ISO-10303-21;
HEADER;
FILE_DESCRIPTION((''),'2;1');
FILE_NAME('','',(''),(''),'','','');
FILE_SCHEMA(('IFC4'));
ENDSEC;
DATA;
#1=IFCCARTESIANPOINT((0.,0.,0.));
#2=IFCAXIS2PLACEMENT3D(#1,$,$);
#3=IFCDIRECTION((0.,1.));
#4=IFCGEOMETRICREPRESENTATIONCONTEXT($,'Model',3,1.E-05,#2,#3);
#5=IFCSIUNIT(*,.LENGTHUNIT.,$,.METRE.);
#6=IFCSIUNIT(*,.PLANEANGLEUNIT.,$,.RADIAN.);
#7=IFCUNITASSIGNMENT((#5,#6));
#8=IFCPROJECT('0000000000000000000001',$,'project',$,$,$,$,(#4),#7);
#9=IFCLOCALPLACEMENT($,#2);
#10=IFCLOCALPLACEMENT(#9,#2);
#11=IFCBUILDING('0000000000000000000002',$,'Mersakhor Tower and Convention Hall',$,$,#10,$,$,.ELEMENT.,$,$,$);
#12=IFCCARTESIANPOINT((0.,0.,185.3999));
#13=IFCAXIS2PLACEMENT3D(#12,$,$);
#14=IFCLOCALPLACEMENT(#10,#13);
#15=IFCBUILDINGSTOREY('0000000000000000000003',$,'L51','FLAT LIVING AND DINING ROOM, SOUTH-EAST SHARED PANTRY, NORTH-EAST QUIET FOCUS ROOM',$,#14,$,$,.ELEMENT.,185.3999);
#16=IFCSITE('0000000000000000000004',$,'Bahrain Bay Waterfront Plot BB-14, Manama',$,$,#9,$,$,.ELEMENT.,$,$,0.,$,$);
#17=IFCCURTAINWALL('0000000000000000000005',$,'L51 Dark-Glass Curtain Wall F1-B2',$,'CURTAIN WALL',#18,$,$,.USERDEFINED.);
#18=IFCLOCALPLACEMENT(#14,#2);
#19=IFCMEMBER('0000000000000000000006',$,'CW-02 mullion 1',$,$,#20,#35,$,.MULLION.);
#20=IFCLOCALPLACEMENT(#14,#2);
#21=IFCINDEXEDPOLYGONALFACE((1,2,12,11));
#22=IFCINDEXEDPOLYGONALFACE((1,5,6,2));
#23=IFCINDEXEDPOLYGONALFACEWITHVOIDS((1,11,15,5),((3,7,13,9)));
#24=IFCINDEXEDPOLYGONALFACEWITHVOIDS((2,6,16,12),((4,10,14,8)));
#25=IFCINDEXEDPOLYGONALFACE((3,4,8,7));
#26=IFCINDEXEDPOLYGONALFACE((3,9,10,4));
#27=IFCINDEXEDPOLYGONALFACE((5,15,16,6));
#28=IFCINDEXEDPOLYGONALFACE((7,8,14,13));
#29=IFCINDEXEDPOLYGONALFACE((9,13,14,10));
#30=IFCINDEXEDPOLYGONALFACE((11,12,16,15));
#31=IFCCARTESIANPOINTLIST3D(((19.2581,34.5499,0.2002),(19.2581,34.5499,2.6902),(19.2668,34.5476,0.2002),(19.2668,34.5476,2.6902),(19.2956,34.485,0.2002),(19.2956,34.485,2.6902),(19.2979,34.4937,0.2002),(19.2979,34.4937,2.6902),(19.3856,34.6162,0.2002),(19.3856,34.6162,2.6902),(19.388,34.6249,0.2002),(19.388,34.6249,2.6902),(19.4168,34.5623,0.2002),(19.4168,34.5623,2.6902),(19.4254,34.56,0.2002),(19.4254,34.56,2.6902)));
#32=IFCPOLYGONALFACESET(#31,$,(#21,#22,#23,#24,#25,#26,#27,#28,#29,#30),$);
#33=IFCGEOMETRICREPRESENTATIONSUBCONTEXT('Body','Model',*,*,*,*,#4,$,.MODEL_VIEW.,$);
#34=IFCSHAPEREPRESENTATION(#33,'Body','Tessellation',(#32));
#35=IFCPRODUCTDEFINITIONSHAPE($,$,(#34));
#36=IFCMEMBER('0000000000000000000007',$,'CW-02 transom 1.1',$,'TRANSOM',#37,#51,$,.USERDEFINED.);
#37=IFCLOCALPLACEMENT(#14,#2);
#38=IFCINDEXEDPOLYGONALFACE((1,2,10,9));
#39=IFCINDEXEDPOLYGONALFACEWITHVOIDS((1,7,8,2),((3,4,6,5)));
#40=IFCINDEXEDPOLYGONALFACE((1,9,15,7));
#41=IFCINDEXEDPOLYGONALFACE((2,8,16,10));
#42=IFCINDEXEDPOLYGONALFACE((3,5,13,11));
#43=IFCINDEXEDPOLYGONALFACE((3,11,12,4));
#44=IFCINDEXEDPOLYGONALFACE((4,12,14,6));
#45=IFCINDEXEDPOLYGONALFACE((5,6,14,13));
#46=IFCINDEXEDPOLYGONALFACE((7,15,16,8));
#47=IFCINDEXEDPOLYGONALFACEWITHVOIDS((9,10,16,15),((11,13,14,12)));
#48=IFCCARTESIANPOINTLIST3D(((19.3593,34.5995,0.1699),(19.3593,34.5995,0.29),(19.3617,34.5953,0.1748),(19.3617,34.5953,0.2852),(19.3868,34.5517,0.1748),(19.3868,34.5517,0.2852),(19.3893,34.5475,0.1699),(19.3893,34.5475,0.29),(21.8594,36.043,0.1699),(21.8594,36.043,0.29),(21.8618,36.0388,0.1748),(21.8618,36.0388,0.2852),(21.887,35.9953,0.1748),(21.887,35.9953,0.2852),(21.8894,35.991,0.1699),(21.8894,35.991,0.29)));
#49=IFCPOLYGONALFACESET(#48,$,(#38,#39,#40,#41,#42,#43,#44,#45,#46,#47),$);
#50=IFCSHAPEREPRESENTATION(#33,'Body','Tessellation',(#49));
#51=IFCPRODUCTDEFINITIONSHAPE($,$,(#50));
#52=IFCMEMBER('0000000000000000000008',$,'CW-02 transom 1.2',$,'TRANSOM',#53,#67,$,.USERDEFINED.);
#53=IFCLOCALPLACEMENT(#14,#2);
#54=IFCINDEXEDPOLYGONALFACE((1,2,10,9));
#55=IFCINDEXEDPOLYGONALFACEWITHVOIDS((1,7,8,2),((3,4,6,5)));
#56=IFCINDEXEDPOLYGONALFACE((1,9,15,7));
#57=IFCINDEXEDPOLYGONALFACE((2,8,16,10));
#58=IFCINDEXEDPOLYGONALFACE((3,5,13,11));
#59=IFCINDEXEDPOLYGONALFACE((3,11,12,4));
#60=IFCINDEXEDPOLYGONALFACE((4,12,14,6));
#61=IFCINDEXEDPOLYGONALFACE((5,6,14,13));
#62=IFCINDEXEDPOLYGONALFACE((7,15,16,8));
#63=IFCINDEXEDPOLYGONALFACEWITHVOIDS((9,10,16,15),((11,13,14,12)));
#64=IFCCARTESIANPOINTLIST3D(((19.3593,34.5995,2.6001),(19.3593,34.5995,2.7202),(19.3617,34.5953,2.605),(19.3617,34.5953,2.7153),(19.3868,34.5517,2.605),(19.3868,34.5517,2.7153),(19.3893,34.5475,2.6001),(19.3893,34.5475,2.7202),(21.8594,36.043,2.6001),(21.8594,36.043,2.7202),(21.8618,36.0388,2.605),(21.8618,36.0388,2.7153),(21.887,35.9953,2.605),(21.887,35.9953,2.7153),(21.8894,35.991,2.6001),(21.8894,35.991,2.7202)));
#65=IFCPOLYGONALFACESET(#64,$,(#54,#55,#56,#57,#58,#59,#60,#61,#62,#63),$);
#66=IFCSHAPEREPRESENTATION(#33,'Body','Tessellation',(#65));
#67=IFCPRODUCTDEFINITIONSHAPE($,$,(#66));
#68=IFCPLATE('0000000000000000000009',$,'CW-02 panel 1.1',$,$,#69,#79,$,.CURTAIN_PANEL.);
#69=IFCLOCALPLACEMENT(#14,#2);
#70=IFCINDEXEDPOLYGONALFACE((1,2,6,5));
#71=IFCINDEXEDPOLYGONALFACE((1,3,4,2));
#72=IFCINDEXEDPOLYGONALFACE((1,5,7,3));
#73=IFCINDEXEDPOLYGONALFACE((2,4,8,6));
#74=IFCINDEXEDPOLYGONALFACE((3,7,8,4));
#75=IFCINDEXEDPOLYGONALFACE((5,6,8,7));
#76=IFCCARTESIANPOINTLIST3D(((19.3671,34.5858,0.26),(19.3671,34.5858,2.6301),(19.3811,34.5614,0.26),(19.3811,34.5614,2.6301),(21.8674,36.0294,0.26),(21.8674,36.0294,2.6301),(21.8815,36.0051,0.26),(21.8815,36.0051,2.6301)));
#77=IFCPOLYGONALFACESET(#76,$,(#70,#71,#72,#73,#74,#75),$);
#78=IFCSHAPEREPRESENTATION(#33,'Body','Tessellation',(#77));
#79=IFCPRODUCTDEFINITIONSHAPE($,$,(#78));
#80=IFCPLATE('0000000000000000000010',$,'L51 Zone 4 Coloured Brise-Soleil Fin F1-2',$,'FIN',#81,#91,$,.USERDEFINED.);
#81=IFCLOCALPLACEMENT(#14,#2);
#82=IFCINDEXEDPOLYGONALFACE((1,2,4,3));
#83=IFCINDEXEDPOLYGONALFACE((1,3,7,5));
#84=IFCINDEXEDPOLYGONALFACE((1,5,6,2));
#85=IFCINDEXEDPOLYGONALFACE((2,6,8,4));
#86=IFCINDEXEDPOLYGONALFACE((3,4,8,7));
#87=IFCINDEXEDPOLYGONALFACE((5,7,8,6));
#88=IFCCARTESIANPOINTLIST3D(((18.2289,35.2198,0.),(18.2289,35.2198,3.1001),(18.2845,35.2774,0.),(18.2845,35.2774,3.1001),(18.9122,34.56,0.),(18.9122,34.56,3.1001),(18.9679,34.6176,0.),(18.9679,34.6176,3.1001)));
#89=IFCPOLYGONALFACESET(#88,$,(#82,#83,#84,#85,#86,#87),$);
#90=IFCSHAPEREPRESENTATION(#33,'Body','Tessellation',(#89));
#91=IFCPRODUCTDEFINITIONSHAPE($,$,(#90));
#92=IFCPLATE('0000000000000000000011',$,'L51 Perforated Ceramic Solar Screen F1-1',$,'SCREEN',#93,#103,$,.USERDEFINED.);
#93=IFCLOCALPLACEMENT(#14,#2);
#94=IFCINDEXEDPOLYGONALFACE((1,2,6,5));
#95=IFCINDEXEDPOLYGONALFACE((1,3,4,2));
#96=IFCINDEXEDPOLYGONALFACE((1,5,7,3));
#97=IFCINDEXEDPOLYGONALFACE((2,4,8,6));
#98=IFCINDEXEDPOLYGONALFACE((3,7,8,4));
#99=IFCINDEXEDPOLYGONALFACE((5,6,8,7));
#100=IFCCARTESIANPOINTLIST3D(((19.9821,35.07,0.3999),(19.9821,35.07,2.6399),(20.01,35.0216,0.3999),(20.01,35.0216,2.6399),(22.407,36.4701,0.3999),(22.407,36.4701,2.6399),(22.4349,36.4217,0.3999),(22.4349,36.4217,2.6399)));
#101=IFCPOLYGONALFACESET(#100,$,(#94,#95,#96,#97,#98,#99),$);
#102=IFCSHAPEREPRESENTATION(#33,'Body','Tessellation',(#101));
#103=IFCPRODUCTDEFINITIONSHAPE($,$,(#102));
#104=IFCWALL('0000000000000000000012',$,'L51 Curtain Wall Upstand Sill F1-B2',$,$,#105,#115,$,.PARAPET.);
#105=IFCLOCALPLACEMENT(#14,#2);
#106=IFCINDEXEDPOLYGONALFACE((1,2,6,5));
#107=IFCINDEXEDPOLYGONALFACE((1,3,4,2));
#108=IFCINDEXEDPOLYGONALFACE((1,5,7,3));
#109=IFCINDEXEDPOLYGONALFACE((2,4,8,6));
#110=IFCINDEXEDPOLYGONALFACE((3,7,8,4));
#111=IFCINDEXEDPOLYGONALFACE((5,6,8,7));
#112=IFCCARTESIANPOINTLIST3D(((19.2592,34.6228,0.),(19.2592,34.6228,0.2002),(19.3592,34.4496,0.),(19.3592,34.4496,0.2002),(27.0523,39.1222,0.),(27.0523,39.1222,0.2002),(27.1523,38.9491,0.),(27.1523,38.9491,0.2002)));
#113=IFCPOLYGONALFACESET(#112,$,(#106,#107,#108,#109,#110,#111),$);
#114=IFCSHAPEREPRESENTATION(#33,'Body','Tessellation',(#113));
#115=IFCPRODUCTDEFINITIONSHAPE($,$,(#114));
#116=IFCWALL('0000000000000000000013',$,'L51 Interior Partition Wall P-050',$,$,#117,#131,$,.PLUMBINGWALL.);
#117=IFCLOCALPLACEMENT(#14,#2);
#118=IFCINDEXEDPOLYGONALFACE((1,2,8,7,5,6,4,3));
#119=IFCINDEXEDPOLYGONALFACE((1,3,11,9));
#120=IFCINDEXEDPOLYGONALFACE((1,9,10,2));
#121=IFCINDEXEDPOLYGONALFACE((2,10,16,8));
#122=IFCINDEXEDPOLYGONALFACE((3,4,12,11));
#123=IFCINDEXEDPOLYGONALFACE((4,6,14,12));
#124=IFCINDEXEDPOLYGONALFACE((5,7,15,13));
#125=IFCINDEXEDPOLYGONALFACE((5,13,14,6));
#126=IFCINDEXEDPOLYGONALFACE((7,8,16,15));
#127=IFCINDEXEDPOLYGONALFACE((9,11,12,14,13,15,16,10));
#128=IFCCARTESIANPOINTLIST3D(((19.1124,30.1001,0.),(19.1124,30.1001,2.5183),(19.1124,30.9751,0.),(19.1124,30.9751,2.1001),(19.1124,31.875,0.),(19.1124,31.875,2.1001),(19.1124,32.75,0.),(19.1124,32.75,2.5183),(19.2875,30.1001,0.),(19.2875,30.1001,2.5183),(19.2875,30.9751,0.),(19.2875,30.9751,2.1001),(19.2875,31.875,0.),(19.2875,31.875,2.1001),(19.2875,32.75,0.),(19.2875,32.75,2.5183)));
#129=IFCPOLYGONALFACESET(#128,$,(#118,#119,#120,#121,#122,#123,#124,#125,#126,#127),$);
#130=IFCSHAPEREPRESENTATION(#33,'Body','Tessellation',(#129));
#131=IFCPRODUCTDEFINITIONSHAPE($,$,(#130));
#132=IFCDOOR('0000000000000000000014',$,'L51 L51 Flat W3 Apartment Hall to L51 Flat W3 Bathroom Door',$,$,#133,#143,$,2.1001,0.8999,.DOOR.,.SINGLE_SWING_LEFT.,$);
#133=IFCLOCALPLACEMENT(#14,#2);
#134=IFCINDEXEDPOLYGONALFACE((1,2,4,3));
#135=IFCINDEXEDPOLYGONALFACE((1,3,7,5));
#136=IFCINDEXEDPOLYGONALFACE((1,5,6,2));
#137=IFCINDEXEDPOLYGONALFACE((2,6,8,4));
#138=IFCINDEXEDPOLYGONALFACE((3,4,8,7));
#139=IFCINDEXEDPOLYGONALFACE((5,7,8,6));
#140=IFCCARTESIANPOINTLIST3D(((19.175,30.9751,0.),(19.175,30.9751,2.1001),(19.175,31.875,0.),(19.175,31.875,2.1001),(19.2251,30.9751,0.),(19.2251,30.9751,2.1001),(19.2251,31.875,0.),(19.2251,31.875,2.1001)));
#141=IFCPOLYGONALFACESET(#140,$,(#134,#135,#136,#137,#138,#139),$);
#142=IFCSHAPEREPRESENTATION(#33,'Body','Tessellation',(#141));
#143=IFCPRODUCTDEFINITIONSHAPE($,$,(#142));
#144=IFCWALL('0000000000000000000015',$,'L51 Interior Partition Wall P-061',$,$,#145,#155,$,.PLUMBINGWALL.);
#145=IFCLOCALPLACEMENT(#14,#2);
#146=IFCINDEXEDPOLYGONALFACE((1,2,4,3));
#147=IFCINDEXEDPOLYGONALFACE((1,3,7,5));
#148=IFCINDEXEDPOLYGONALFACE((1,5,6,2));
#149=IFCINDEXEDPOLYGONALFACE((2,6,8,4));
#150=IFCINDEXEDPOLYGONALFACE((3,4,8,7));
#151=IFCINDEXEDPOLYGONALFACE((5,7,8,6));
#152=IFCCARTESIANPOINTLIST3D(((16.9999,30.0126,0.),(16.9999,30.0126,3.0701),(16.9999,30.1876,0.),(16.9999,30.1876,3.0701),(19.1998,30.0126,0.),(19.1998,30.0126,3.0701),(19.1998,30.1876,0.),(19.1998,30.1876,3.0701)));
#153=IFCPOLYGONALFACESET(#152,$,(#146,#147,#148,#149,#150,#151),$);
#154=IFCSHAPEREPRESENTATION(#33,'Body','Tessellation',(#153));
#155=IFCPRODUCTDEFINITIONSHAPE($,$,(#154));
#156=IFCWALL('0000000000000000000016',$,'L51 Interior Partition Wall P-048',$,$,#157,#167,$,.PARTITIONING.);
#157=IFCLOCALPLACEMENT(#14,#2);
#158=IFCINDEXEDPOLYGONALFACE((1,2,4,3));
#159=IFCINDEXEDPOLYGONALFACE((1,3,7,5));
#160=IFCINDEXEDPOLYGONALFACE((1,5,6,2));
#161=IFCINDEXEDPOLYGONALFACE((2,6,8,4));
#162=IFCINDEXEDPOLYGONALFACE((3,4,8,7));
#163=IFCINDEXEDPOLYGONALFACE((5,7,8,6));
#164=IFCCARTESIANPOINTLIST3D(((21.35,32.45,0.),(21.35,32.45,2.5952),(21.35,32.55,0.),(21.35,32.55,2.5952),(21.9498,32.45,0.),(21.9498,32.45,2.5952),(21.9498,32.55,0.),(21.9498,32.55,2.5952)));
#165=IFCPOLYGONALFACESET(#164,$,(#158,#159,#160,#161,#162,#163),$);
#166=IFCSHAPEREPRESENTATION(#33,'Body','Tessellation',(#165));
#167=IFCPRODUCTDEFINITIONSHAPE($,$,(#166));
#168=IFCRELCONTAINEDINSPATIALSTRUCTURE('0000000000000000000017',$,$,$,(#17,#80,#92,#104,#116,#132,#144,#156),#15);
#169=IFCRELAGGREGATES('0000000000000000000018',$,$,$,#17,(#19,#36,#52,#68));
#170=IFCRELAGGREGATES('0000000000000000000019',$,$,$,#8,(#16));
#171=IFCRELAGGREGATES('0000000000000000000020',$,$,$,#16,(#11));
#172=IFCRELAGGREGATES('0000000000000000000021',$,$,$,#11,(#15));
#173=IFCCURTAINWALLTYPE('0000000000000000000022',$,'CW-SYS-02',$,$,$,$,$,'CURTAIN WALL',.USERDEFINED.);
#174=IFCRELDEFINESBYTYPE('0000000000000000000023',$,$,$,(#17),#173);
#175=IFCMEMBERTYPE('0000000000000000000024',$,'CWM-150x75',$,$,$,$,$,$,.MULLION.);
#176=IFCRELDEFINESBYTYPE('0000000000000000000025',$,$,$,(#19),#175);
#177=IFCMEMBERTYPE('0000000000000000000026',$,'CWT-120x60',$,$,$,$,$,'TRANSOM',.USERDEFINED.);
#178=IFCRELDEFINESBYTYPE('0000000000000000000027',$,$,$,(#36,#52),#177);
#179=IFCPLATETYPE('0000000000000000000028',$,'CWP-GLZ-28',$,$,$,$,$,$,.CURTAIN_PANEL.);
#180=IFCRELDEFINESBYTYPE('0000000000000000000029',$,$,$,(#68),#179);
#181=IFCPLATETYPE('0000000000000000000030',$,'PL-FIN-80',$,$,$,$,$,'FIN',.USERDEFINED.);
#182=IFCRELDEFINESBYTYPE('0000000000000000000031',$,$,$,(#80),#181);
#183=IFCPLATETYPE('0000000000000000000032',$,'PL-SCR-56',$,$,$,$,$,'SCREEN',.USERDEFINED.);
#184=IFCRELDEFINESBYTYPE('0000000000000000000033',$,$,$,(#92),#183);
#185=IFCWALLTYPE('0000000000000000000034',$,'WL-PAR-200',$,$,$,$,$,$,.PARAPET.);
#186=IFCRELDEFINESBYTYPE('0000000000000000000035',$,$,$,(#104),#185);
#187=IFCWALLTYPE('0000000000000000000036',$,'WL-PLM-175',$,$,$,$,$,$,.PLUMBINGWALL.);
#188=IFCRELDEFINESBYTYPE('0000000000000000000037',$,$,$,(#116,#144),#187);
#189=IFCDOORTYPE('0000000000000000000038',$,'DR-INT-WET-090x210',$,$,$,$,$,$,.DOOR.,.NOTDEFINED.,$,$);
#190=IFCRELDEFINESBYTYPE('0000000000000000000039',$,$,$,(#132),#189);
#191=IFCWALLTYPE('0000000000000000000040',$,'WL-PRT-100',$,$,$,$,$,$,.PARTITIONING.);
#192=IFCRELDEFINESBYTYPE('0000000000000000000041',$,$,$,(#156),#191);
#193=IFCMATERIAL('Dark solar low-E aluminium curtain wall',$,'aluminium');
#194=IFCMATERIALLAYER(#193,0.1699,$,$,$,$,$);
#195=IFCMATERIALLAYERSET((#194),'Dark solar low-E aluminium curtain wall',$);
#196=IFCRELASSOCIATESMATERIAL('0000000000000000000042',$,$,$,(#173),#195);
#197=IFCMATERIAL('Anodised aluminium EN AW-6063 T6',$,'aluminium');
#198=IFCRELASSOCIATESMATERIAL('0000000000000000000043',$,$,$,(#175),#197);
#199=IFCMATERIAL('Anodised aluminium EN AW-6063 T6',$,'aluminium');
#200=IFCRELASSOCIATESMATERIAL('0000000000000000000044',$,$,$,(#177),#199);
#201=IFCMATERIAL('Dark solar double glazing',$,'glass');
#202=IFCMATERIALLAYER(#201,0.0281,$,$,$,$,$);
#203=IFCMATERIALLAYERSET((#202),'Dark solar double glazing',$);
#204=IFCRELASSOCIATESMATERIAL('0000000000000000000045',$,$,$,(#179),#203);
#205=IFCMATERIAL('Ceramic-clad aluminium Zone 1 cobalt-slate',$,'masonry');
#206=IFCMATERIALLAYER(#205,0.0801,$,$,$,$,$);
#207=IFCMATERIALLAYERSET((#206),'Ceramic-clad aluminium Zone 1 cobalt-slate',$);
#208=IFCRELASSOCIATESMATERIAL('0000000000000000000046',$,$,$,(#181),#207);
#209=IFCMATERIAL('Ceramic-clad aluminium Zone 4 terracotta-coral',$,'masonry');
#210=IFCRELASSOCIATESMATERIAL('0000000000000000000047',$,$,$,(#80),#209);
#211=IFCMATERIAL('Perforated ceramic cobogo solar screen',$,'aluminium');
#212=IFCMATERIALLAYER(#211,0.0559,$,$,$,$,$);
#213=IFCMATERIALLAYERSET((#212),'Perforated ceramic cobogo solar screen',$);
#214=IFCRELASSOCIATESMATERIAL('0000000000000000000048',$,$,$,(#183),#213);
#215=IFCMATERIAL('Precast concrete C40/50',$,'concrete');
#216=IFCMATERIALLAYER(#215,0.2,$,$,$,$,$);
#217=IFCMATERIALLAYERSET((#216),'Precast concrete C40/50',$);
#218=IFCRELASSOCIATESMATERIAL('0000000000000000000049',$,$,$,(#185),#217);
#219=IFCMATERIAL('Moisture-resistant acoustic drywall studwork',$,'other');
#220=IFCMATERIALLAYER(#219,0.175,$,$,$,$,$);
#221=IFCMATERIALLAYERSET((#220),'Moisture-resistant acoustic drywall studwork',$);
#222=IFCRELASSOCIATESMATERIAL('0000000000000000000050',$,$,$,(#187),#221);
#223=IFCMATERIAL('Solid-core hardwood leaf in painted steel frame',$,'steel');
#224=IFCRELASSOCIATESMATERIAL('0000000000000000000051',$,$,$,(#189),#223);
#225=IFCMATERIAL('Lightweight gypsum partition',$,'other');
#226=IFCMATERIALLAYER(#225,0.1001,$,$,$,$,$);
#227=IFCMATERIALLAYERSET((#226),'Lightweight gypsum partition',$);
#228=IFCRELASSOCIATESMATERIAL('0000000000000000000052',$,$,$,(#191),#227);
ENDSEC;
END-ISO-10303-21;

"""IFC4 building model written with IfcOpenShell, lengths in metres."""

from ifc_helpers import new_model, si_unit, direction, frame, frame_2d, origin, origin_2d, place, context, subcontext, project, spatial, rectangle, hollow_rectangle, extrude, material, layer, layer_set, material_profile, profile_set, type_object, element, fill, aggregate, save


model = new_model("IFC4")

# Units and contexts
model_context = context("Model", 3, precision=1e-05, world=origin(), true_north=direction((0.0, 1.0)))
body_context = subcontext(model_context, "Body", "Model", "MODEL_VIEW")
ifc_project = project(units=[si_unit("LENGTHUNIT", "METRE"), si_unit("PLANEANGLEUNIT", "RADIAN")], contexts=[model_context])

# Site, building, storey
site_placement = place(None, origin())
site = spatial("IfcSite", under=ifc_project, at=site_placement, Name="Bahrain Bay Waterfront Plot BB-14, Manama", CompositionType="ELEMENT", RefElevation=0.0)
building_placement = place(site_placement, origin())
building = spatial("IfcBuilding", under=site, at=building_placement, Name="Mersakhor Tower and Convention Hall", CompositionType="ELEMENT")
storey_placement = place(building_placement, frame((0.0, 0.0, 185.3999)))
storey = spatial("IfcBuildingStorey", under=building, at=storey_placement, Name="L51", Description="FLAT LIVING AND DINING ROOM, SOUTH-EAST SHARED PANTRY, NORTH-EAST QUIET FOCUS ROOM", CompositionType="ELEMENT", Elevation=185.3999)

# Curtain wall, members, plate
ifc_material_1 = material(Name="Dark solar low-E aluminium curtain wall", Category="aluminium")
ifc_layer_1 = layer(ifc_material_1, 0.1699)
ifc_layer_set_1 = layer_set([ifc_layer_1], Name="Dark solar low-E aluminium curtain wall")
curtain_wall_type = type_object("IfcCurtainWallType", Name="CW-SYS-02", ElementType="CURTAIN WALL", PredefinedType="USERDEFINED", material=ifc_layer_set_1)
curtain_wall_placement = place(storey_placement, origin())
curtain_wall = element("IfcCurtainWall", 1, at=curtain_wall_placement, inside=storey, type_object=curtain_wall_type, Name="L51 Dark-Glass Curtain Wall F1-B2", ObjectType="CURTAIN WALL", PredefinedType="USERDEFINED")
ifc_material_2 = material(Name="Anodised aluminium EN AW-6063 T6", Category="aluminium")
ifc_material_profile_1 = material_profile(ifc_material_2, hollow_rectangle(XDim=0.075, YDim=0.1499, WallThickness=0.0063, at=origin_2d()), Name="RHS 150x75x6.3")
ifc_profile_set_1 = profile_set([ifc_material_profile_1], Name="Anodised aluminium EN AW-6063 T6")
member_type_1 = type_object("IfcMemberType", Name="CWM-150x75", PredefinedType="MULLION", material=ifc_profile_set_1)
member_1_placement = place(storey_placement, frame((19.3418, 34.5549, 0.2002), z_axis=(0.0, 0.0, 1.0), x_axis=(-0.500008, 0.866021, 0.0)))
member_1 = element("IfcMember", 2, at=member_1_placement, type_object=member_type_1, Name="CW-02 mullion 1", PredefinedType="MULLION", context=body_context, shape_type="SweptSolid", body=[
    extrude(hollow_rectangle(XDim=0.075, YDim=0.1499, WallThickness=0.0063, at=origin_2d()), origin(), (0.0, 0.0, 1.0), 2.49),
])
ifc_material_3 = material(Name="Anodised aluminium EN AW-6063 T6", Category="aluminium")
ifc_material_profile_2 = material_profile(ifc_material_3, hollow_rectangle(XDim=0.0601, YDim=0.1201, WallThickness=0.0049, at=origin_2d()), Name="RHS 120x60x5")
ifc_profile_set_2 = profile_set([ifc_material_profile_2], Name="Anodised aluminium EN AW-6063 T6")
member_type_2 = type_object("IfcMemberType", Name="CWT-120x60", ElementType="TRANSOM", PredefinedType="USERDEFINED", material=ifc_profile_set_2)
member_2_placement = place(storey_placement, frame((19.3743, 34.5735, 0.23), z_axis=(0.866012, 0.500023, 0.0), x_axis=(-0.500023, 0.866012, 0.0)))
member_2 = element("IfcMember", 3, at=member_2_placement, type_object=member_type_2, Name="CW-02 transom 1.1", ObjectType="TRANSOM", PredefinedType="USERDEFINED", context=body_context, shape_type="SweptSolid", body=[
    extrude(hollow_rectangle(XDim=0.0601, YDim=0.1201, WallThickness=0.0049, at=origin_2d()), origin(), (0.0, 0.0, 1.0), 2.887),
])
member_3_placement = place(storey_placement, frame((19.3743, 34.5735, 2.6602), z_axis=(0.866012, 0.500023, 0.0), x_axis=(-0.500023, 0.866012, 0.0)))
member_3 = element("IfcMember", 4, at=member_3_placement, type_object=member_type_2, Name="CW-02 transom 1.2", ObjectType="TRANSOM", PredefinedType="USERDEFINED", context=body_context, shape_type="SweptSolid", body=[
    extrude(hollow_rectangle(XDim=0.0601, YDim=0.1201, WallThickness=0.0049, at=origin_2d()), origin(), (0.0, 0.0, 1.0), 2.887),
])
ifc_material_4 = material(Name="Dark solar double glazing", Category="glass")
ifc_layer_2 = layer(ifc_material_4, 0.0281)
ifc_layer_set_2 = layer_set([ifc_layer_2], Name="Dark solar double glazing")
plate_type_1 = type_object("IfcPlateType", Name="CWP-GLZ-28", PredefinedType="CURTAIN_PANEL", material=ifc_layer_set_2)
plate_1_placement = place(storey_placement, frame((20.6243, 35.2954, 0.26), z_axis=(0.0, 0.0, 1.0), x_axis=(0.866021, 0.500008, 0.0)))
plate_1 = element("IfcPlate", 5, at=plate_1_placement, type_object=plate_type_1, Name="CW-02 panel 1.1", PredefinedType="CURTAIN_PANEL", context=body_context, shape_type="SweptSolid", body=[
    extrude(rectangle(XDim=2.8872, YDim=0.0281, at=origin_2d()), origin(), (0.0, 0.0, 1.0), 2.3701),
])
aggregate(curtain_wall, [member_1, member_2, member_3, plate_1])

# Plates
ifc_material_5 = material(Name="Ceramic-clad aluminium Zone 4 terracotta-coral", Category="masonry")
ifc_material_6 = material(Name="Ceramic-clad aluminium Zone 1 cobalt-slate", Category="masonry")
ifc_layer_3 = layer(ifc_material_6, 0.0801)
ifc_layer_set_3 = layer_set([ifc_layer_3], Name="Ceramic-clad aluminium Zone 1 cobalt-slate")
plate_type_2 = type_object("IfcPlateType", Name="PL-FIN-80", ElementType="FIN", PredefinedType="USERDEFINED", material=ifc_layer_set_3)
plate_2_placement = place(storey_placement, frame((18.5984, 34.9187, 0.0), z_axis=(0.0, 0.0, 1.0), x_axis=(-0.71934, 0.694658, 0.0)))
element("IfcPlate", 6, at=plate_2_placement, inside=storey, type_object=plate_type_2, material=ifc_material_5, Name="L51 Zone 4 Coloured Brise-Soleil Fin F1-2", ObjectType="FIN", PredefinedType="USERDEFINED", context=body_context, shape_type="SweptSolid", body=[
    extrude(rectangle(XDim=0.95, YDim=0.0801, at=origin_2d()), origin(), (0.0, 0.0, 1.0), 3.1001),
])
ifc_material_7 = material(Name="Perforated ceramic cobogo solar screen", Category="aluminium")
ifc_layer_4 = layer(ifc_material_7, 0.0559)
ifc_layer_set_4 = layer_set([ifc_layer_4], Name="Perforated ceramic cobogo solar screen")
plate_type_3 = type_object("IfcPlateType", Name="PL-SCR-56", ElementType="SCREEN", PredefinedType="USERDEFINED", material=ifc_layer_set_4)
plate_3_placement = place(storey_placement, frame((21.2085, 35.7458, 0.3999), z_axis=(0.0, 0.0, 1.0), x_axis=(0.866025, 0.5, 0.0)))
element("IfcPlate", 7, at=plate_3_placement, inside=storey, type_object=plate_type_3, Name="L51 Perforated Ceramic Solar Screen F1-1", ObjectType="SCREEN", PredefinedType="USERDEFINED", context=body_context, shape_type="SweptSolid", body=[
    extrude(rectangle(XDim=2.8, YDim=0.0559, at=origin_2d()), origin(), (0.0, 0.0, 1.0), 2.24),
])

# Wall
ifc_material_8 = material(Name="Precast concrete C40/50", Category="concrete")
ifc_layer_5 = layer(ifc_material_8, 0.2)
ifc_layer_set_5 = layer_set([ifc_layer_5], Name="Precast concrete C40/50")
wall_type_1 = type_object("IfcWallType", Name="WL-PAR-200", PredefinedType="PARAPET", material=ifc_layer_set_5)
wall_1_placement = place(storey_placement, frame((19.3091, 34.5361, 0.0), z_axis=(0.0, 0.0, 1.0), x_axis=(0.866021, 0.500008, 0.0)))
element("IfcWall", 8, at=wall_1_placement, inside=storey, type_object=wall_type_1, Name="L51 Curtain Wall Upstand Sill F1-B2", PredefinedType="PARAPET", context=body_context, shape_type="SweptSolid", body=[
    extrude(rectangle(XDim=8.9988, YDim=0.2, at=frame_2d((4.4995, 0.0))), origin(), (0.0, 0.0, 1.0), 0.2002),
])

# Wall, opening, door
ifc_material_9 = material(Name="Moisture-resistant acoustic drywall studwork", Category="other")
ifc_layer_6 = layer(ifc_material_9, 0.175)
ifc_layer_set_6 = layer_set([ifc_layer_6], Name="Moisture-resistant acoustic drywall studwork")
wall_type_2 = type_object("IfcWallType", Name="WL-PLM-175", PredefinedType="PLUMBINGWALL", material=ifc_layer_set_6)
wall_2_placement = place(storey_placement, frame((19.2, 30.1001, 0.0), z_axis=(0.0, 0.0, 1.0), x_axis=(0.0, 1.0, 0.0)))
wall_2 = element("IfcWall", 9, at=wall_2_placement, inside=storey, type_object=wall_type_2, Name="L51 Interior Partition Wall P-050", PredefinedType="PLUMBINGWALL", context=body_context, shape_type="SweptSolid", body=[
    extrude(rectangle(XDim=2.6499, YDim=0.175, at=frame_2d((1.325, 0.0))), origin(), (0.0, 0.0, 1.0), 2.5183),
])
opening_1_placement = place(wall_2_placement, frame((0.875, 0.0, 0.0)))
opening_1 = element("IfcOpeningElement", 10, at=opening_1_placement, cuts=wall_2, PredefinedType="OPENING", context=body_context, shape_type="SweptSolid", body=[
    extrude(rectangle(XDim=0.8999, YDim=2.1001, at=frame_2d((0.45, 1.05))), frame((0.0, 0.0974, 0.0), z_axis=(0.0, -1.0, 0.0), x_axis=(1.0, 0.0, 0.0)), (0.0, 0.0, 1.0), 0.1951),
])
ifc_material_10 = material(Name="Solid-core hardwood leaf in painted steel frame", Category="steel")
door_type_1 = type_object("IfcDoorType", Name="DR-INT-WET-090x210", OperationType="NOTDEFINED", PredefinedType="DOOR", material=ifc_material_10)
door_1_placement = place(opening_1_placement, origin())
door_1 = element("IfcDoor", 11, at=door_1_placement, inside=storey, type_object=door_type_1, Name="L51 L51 Flat W3 Apartment Hall to L51 Flat W3 Bathroom Door", OperationType="SINGLE_SWING_LEFT", OverallHeight=2.1001, OverallWidth=0.8999, PredefinedType="DOOR", context=body_context, shape_type="SweptSolid", body=[
    extrude(rectangle(XDim=0.8999, YDim=2.1001, at=frame_2d((0.45, 1.05))), frame((0.0, 0.0249, 0.0), z_axis=(0.0, -1.0, 0.0), x_axis=(1.0, 0.0, 0.0)), (0.0, 0.0, 1.0), 0.05),
])
fill(opening_1, door_1)

# Walls
wall_3_placement = place(storey_placement, frame((19.2, 30.1001, 0.0), z_axis=(0.0, 0.0, 1.0), x_axis=(-1.0, 0.0, 0.0)))
element("IfcWall", 12, at=wall_3_placement, inside=storey, type_object=wall_type_2, Name="L51 Interior Partition Wall P-061", PredefinedType="PLUMBINGWALL", context=body_context, shape_type="SweptSolid", body=[
    extrude(rectangle(XDim=2.2, YDim=0.175, at=frame_2d((1.1001, 0.0))), origin(), (0.0, 0.0, 1.0), 3.0701),
])
ifc_material_11 = material(Name="Lightweight gypsum partition", Category="other")
ifc_layer_7 = layer(ifc_material_11, 0.1001)
ifc_layer_set_7 = layer_set([ifc_layer_7], Name="Lightweight gypsum partition")
wall_type_3 = type_object("IfcWallType", Name="WL-PRT-100", PredefinedType="PARTITIONING", material=ifc_layer_set_7)
wall_4_placement = place(storey_placement, frame((21.3501, 32.5, 0.0), z_axis=(0.0, 0.0, 1.0), x_axis=(1.0, 0.0, 0.0)))
element("IfcWall", 13, at=wall_4_placement, inside=storey, type_object=wall_type_3, Name="L51 Interior Partition Wall P-048", PredefinedType="PARTITIONING", context=body_context, shape_type="SweptSolid", body=[
    extrude(rectangle(XDim=0.5999, YDim=0.1001, at=frame_2d((0.2998, 0.0))), origin(), (0.0, 0.0, 1.0), 2.5952),
])

save(model, "model.ifc")
